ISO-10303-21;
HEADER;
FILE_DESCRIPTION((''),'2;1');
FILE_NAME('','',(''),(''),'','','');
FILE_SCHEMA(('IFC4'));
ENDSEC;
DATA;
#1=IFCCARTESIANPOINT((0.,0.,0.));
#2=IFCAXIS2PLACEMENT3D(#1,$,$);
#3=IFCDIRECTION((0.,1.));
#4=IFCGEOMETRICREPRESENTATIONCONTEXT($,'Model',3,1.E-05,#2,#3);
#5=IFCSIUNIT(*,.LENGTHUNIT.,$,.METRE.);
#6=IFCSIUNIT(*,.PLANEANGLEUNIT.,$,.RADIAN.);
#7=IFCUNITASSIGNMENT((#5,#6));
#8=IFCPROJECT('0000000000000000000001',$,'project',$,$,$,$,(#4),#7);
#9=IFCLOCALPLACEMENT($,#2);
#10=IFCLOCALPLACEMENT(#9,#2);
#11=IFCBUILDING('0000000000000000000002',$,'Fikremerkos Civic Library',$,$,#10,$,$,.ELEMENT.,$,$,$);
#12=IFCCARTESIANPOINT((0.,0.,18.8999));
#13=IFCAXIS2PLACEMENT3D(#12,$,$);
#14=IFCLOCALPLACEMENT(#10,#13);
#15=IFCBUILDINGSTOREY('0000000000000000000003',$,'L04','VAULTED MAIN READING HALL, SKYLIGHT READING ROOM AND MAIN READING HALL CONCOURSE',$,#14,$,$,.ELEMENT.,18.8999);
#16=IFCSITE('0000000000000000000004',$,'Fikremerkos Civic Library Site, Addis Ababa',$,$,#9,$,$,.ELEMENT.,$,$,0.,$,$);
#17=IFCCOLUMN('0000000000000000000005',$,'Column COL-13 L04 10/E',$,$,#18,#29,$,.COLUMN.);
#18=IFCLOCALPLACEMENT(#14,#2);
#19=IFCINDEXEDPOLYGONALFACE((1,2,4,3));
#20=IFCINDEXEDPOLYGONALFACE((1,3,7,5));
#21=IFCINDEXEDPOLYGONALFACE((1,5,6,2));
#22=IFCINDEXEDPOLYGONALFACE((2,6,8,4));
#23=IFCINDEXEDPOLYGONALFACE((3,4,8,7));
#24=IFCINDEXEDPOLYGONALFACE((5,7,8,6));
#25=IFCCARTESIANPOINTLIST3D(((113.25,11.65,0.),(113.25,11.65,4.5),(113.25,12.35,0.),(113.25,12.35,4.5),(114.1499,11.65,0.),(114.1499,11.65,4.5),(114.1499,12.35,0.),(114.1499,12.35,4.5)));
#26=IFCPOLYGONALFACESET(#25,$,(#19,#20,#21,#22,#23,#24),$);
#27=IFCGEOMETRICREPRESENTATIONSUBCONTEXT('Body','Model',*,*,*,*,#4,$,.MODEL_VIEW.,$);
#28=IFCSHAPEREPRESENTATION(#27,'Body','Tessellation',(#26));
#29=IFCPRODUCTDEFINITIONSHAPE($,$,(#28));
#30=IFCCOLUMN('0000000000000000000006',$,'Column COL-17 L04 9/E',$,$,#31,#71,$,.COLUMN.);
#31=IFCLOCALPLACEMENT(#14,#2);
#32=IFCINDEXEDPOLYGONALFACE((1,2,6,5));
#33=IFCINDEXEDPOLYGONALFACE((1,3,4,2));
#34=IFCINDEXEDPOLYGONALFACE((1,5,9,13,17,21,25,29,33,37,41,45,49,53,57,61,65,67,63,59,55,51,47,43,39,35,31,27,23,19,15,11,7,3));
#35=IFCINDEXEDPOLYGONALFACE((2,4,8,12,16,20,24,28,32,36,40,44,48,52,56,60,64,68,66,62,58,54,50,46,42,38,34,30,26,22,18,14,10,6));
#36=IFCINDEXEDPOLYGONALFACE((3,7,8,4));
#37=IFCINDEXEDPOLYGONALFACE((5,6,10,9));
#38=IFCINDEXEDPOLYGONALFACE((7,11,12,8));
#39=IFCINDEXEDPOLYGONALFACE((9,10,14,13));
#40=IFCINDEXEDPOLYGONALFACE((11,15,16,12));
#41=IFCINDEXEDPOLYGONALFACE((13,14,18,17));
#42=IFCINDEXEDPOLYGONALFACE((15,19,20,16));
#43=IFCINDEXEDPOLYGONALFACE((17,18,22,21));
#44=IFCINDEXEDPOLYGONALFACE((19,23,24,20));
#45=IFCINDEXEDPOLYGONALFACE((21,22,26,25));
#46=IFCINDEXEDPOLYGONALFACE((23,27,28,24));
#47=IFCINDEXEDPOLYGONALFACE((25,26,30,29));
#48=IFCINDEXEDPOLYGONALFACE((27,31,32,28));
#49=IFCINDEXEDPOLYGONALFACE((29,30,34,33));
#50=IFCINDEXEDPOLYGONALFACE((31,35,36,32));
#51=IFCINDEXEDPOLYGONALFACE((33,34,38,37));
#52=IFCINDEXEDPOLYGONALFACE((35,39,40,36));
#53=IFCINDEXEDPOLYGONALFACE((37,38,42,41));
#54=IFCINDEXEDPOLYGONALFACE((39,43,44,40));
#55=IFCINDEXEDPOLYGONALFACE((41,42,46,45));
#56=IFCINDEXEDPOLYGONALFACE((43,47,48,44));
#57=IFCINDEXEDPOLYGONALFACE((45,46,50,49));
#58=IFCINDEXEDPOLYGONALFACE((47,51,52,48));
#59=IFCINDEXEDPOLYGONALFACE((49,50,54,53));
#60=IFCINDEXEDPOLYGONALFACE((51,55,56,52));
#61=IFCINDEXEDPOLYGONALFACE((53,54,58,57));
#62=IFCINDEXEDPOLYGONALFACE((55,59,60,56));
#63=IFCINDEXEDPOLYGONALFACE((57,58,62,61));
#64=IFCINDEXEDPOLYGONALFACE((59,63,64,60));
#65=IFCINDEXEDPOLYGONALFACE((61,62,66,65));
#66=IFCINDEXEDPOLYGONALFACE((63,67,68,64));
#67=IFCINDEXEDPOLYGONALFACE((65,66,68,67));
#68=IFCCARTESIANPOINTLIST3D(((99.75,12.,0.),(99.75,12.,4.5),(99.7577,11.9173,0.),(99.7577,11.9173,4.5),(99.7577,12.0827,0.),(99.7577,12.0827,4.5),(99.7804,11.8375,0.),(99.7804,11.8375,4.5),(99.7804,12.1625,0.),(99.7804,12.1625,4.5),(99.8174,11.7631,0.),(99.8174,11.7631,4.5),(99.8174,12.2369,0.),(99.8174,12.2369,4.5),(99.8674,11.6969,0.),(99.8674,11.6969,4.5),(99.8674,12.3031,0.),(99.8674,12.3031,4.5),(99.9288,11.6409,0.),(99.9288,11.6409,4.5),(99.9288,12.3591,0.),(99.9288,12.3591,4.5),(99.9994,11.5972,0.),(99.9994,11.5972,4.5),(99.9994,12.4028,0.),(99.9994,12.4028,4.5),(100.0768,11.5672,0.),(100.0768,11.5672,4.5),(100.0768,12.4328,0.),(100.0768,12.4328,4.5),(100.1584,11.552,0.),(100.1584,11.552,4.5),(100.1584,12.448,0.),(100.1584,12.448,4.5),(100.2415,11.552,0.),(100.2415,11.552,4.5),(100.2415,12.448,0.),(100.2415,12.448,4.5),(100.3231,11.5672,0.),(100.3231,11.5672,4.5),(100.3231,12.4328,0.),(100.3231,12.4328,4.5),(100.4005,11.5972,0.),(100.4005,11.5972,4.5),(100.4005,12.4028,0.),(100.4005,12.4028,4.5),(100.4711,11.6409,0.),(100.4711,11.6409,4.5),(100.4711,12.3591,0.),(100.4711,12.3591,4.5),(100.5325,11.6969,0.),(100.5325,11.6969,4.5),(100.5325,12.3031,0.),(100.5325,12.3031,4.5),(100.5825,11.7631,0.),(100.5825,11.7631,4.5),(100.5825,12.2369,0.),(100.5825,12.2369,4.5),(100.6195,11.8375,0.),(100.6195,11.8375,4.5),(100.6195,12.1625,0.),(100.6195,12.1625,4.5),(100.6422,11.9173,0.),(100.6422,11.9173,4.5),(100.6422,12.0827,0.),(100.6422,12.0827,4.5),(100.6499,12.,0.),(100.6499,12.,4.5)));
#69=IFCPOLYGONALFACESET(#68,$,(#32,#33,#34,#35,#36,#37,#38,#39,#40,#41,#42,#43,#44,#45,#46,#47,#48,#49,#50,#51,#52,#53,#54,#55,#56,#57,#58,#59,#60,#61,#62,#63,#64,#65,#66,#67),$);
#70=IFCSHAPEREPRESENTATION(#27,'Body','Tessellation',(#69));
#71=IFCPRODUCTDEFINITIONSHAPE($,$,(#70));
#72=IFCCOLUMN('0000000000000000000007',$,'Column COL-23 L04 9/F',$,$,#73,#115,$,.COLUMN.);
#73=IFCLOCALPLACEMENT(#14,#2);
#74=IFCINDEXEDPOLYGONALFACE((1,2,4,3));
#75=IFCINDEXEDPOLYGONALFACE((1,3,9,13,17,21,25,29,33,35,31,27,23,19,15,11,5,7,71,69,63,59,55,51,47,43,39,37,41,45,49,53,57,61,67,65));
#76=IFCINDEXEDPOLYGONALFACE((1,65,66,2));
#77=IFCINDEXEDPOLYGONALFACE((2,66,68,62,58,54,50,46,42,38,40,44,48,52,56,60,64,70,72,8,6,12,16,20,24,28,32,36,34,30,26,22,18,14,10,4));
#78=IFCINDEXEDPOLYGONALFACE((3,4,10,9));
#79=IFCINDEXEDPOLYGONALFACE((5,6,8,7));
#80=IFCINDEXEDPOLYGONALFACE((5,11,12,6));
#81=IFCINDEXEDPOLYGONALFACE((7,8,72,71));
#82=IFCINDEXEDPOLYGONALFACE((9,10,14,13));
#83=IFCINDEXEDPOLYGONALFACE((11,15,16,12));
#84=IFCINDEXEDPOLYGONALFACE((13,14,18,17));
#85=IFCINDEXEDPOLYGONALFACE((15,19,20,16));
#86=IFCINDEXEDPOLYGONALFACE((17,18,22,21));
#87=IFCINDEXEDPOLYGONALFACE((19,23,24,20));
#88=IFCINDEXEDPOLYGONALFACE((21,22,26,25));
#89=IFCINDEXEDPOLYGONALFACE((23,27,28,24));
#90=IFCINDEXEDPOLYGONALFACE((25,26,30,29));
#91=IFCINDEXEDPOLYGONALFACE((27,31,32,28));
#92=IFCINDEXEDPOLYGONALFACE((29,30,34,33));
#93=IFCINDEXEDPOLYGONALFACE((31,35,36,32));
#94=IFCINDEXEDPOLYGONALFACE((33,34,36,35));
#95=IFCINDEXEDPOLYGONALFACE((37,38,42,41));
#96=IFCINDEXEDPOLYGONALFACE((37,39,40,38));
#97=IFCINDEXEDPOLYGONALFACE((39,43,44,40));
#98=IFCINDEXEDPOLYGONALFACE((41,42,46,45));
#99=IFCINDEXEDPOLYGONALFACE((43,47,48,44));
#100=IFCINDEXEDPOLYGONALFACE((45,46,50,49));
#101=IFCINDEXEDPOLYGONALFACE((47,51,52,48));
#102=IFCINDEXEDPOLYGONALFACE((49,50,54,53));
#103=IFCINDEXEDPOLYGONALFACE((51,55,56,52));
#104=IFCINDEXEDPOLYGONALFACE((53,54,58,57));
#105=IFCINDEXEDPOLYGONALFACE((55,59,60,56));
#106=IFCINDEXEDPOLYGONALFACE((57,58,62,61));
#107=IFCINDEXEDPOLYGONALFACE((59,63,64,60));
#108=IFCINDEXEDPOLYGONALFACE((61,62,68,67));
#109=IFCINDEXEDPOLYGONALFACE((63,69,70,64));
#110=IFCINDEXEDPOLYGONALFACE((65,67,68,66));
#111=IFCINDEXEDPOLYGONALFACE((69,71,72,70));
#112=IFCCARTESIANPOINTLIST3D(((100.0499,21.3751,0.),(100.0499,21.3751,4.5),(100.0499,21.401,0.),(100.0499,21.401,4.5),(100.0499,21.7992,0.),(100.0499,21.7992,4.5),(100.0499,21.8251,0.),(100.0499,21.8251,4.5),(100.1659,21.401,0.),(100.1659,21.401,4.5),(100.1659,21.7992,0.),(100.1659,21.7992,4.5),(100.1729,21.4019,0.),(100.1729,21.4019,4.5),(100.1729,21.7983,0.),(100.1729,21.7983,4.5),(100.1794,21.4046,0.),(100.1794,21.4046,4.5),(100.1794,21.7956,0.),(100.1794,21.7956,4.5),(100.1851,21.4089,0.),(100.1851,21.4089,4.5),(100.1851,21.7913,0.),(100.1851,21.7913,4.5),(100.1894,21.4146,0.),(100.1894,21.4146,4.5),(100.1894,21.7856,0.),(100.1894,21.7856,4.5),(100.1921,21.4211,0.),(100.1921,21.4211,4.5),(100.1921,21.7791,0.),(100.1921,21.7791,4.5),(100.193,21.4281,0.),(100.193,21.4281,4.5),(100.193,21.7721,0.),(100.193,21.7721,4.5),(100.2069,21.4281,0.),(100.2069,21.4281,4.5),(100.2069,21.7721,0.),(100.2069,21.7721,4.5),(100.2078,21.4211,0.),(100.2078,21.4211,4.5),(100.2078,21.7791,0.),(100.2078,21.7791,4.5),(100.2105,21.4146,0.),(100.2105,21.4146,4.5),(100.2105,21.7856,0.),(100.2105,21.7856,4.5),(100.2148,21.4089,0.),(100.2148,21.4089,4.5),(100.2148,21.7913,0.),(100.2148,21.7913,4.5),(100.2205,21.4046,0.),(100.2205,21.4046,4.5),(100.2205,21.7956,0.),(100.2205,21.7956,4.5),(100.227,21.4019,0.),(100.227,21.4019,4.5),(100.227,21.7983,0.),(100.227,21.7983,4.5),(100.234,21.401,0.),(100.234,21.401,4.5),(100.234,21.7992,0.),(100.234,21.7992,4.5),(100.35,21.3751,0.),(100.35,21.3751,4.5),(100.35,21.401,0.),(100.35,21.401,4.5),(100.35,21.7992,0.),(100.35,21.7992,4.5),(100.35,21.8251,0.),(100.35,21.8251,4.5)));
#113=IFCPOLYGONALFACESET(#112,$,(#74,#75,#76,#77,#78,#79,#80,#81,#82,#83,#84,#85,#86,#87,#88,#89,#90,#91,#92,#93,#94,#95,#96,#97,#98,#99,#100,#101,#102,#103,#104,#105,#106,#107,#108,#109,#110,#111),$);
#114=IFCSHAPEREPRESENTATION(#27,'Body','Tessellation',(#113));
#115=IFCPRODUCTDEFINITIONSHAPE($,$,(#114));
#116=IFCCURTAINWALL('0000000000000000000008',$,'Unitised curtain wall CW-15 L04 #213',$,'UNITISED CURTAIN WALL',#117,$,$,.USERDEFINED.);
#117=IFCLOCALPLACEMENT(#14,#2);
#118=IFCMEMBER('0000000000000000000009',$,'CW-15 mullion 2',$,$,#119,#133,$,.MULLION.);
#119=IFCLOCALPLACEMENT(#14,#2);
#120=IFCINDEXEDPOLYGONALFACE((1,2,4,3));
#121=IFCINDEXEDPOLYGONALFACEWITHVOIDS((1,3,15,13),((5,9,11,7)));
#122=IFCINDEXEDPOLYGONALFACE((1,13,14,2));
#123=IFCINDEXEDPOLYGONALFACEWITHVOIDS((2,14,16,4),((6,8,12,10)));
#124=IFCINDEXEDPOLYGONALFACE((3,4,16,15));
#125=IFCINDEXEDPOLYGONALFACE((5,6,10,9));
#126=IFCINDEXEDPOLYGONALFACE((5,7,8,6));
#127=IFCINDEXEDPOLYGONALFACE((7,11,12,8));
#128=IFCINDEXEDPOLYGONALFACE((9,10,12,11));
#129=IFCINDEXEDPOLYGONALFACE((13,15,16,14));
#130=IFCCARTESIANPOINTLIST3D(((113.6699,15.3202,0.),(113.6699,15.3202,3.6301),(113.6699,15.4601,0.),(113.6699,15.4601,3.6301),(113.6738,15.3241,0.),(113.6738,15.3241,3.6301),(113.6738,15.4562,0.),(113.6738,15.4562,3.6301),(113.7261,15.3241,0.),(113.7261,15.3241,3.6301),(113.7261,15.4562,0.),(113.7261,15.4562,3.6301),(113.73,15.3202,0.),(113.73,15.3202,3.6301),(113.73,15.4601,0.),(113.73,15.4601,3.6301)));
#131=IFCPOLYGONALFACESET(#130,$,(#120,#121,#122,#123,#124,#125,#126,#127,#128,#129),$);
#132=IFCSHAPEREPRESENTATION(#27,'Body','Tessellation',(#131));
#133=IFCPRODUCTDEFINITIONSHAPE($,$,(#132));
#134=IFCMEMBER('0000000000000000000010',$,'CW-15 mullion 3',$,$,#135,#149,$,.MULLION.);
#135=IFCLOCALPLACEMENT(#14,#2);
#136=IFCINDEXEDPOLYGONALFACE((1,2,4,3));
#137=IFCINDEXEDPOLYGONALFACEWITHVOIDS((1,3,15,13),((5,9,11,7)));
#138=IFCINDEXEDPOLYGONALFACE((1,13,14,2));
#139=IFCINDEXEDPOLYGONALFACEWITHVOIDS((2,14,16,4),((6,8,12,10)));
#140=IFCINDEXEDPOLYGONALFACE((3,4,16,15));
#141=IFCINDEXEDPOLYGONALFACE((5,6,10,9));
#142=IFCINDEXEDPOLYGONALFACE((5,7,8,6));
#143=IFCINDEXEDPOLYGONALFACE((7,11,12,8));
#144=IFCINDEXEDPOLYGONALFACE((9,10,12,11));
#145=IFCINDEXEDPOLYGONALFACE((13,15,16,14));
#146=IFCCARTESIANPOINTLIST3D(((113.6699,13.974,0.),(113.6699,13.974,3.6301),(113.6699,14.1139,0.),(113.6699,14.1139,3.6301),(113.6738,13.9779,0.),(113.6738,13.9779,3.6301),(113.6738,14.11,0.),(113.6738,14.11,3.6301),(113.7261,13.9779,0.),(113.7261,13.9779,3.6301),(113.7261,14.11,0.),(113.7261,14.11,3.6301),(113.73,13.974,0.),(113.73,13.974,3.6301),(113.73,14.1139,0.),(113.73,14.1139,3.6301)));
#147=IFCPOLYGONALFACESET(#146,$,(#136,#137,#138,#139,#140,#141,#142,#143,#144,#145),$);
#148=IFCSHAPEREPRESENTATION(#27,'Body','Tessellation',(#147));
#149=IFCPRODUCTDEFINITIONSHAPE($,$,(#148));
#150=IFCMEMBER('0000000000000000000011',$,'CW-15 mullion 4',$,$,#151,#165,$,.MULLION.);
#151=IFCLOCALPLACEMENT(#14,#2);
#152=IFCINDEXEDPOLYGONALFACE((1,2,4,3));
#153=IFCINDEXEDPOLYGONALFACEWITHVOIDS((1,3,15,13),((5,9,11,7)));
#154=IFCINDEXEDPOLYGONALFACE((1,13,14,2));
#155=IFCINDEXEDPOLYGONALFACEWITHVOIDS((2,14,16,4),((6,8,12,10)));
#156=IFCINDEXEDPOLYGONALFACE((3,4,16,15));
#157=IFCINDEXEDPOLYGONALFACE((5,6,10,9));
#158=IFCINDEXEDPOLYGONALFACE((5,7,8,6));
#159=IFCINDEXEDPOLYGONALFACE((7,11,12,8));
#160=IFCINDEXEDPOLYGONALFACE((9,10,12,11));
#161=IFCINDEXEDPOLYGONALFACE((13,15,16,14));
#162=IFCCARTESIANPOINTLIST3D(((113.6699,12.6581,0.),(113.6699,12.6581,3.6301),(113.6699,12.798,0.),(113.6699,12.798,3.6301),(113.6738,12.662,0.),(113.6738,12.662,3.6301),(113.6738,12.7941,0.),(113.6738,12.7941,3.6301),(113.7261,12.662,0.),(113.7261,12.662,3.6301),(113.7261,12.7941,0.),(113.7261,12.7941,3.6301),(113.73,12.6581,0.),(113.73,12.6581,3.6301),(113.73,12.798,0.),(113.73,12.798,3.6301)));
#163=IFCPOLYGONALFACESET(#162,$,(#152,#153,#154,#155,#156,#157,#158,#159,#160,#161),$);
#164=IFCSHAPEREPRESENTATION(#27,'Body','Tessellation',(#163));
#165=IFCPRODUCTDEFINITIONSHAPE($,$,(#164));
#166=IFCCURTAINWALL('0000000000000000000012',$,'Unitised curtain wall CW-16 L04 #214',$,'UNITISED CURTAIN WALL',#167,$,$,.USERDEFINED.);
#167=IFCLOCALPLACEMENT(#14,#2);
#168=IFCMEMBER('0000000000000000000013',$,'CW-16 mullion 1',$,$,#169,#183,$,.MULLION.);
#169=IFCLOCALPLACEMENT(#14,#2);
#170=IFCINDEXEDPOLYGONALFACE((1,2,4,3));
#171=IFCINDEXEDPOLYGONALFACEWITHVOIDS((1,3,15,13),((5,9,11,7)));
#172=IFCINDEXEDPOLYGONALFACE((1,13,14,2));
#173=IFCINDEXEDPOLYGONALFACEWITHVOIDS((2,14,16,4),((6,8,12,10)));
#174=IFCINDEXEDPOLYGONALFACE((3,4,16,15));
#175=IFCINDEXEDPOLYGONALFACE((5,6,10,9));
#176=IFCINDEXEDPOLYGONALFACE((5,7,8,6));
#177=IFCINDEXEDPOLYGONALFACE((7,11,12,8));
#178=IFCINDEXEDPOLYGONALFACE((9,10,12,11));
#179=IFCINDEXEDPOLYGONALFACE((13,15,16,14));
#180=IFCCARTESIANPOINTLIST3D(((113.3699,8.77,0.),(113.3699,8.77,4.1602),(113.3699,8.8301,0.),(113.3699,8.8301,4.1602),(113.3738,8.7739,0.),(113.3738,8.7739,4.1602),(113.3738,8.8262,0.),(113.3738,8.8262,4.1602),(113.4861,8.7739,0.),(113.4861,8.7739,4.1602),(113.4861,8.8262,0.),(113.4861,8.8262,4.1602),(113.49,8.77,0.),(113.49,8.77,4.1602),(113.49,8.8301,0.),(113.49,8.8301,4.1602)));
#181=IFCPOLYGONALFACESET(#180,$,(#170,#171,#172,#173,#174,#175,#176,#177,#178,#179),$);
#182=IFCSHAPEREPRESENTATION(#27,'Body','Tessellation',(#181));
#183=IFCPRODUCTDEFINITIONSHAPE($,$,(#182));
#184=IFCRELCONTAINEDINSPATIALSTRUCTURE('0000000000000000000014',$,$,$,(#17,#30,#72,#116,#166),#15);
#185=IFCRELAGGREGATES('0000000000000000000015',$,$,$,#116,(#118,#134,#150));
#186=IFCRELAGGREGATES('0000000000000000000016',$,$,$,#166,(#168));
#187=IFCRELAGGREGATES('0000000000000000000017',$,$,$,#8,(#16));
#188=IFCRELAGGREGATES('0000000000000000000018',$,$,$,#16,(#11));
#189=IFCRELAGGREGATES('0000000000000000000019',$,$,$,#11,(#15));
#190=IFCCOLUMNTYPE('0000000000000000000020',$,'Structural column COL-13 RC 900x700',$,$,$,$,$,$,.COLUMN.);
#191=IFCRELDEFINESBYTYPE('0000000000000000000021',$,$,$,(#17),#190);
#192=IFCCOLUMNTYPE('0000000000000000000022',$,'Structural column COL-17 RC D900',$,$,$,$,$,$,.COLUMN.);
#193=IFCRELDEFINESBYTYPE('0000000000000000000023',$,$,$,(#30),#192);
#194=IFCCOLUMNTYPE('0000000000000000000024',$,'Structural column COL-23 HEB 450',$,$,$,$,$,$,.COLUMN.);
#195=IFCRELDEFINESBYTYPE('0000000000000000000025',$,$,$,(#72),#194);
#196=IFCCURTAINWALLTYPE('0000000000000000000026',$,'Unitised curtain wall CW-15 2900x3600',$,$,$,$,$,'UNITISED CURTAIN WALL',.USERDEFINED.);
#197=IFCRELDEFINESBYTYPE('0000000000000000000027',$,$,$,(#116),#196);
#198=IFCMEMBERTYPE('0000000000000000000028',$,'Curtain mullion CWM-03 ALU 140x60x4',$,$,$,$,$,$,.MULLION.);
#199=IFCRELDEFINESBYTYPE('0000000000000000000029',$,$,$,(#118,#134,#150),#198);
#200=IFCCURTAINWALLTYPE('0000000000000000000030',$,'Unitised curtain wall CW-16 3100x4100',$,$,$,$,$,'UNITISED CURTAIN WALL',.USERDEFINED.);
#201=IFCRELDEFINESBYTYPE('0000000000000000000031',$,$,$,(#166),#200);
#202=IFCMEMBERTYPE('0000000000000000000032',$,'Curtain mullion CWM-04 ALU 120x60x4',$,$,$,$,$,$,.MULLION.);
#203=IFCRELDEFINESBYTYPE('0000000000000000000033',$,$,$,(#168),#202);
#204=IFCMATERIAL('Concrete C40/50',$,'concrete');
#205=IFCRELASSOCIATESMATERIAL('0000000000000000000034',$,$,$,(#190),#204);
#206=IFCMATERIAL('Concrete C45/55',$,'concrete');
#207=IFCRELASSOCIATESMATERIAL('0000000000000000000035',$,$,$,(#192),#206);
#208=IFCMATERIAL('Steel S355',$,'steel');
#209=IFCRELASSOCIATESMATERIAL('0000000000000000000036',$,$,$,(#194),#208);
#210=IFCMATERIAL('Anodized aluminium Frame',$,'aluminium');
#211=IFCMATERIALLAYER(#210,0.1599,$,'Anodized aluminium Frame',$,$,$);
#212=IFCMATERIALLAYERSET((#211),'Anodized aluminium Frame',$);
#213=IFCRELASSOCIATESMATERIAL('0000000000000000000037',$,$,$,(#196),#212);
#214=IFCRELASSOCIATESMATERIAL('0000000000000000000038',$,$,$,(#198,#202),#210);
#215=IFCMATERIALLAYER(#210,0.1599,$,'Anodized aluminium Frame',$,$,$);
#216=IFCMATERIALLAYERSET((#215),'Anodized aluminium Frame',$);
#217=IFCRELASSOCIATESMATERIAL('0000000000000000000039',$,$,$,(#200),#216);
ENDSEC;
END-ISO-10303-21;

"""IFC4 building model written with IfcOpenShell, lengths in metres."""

from ifc_helpers import new_model, si_unit, direction, frame, origin, origin_2d, place, context, subcontext, project, spatial, rectangle, hollow_rectangle, circle, i_section, extrude, material, layer, layer_set, material_profile, profile_set, type_object, element, aggregate, save


model = new_model("IFC4")

# Units and contexts
model_context = context("Model", 3, precision=1e-05, world=origin(), true_north=direction((0.0, 1.0)))
body_context = subcontext(model_context, "Body", "Model", "MODEL_VIEW")
ifc_project = project(units=[si_unit("LENGTHUNIT", "METRE"), si_unit("PLANEANGLEUNIT", "RADIAN")], contexts=[model_context])

# Site, building, storey
site_placement = place(None, origin())
site = spatial("IfcSite", under=ifc_project, at=site_placement, Name="Fikremerkos Civic Library Site, Addis Ababa", CompositionType="ELEMENT", RefElevation=0.0)
building_placement = place(site_placement, origin())
building = spatial("IfcBuilding", under=site, at=building_placement, Name="Fikremerkos Civic Library", CompositionType="ELEMENT")
storey_placement = place(building_placement, frame((0.0, 0.0, 18.8999)))
storey = spatial("IfcBuildingStorey", under=building, at=storey_placement, Name="L04", Description="VAULTED MAIN READING HALL, SKYLIGHT READING ROOM AND MAIN READING HALL CONCOURSE", CompositionType="ELEMENT", Elevation=18.8999)

# Columns
ifc_material_1 = material(Name="Concrete C40/50", Category="concrete")
ifc_material_profile_1 = material_profile(ifc_material_1, rectangle(XDim=0.8999, YDim=0.7, at=origin_2d()), Name="RC 900x700")
ifc_profile_set_1 = profile_set([ifc_material_profile_1], Name="Concrete C40/50")
column_type_1 = type_object("IfcColumnType", Name="Structural column COL-13 RC 900x700", PredefinedType="COLUMN", material=ifc_profile_set_1)
column_1_placement = place(storey_placement, frame((113.7, 12.0, 0.0), z_axis=(0.0, 0.0, 1.0), x_axis=(1.0, 0.0, 0.0)))
element("IfcColumn", 1, at=column_1_placement, inside=storey, type_object=column_type_1, Name="Column COL-13 L04 10/E", PredefinedType="COLUMN", context=body_context, shape_type="SweptSolid", body=[
    extrude(rectangle(XDim=0.8999, YDim=0.7, at=origin_2d()), origin(), (0.0, 0.0, 1.0), 4.5),
])
ifc_material_2 = material(Name="Concrete C45/55", Category="concrete")
ifc_material_profile_2 = material_profile(ifc_material_2, circle(Radius=0.45, at=origin_2d()), Name="RC D900")
ifc_profile_set_2 = profile_set([ifc_material_profile_2], Name="Concrete C45/55")
column_type_2 = type_object("IfcColumnType", Name="Structural column COL-17 RC D900", PredefinedType="COLUMN", material=ifc_profile_set_2)
column_2_placement = place(storey_placement, frame((100.2, 12.0, 0.0), z_axis=(0.0, 0.0, 1.0), x_axis=(1.0, 0.0, 0.0)))
element("IfcColumn", 2, at=column_2_placement, inside=storey, type_object=column_type_2, Name="Column COL-17 L04 9/E", PredefinedType="COLUMN", context=body_context, shape_type="SweptSolid", body=[
    extrude(circle(Radius=0.45, at=origin_2d()), origin(), (0.0, 0.0, 1.0), 4.5),
])
ifc_material_3 = material(Name="Steel S355", Category="steel")
ifc_material_profile_3 = material_profile(ifc_material_3, i_section(OverallWidth=0.3, OverallDepth=0.45, WebThickness=0.0139, FlangeThickness=0.0259, FilletRadius=0.0271, at=origin_2d()), Name="HEB 450")
ifc_profile_set_3 = profile_set([ifc_material_profile_3], Name="Steel S355")
column_type_3 = type_object("IfcColumnType", Name="Structural column COL-23 HEB 450", PredefinedType="COLUMN", material=ifc_profile_set_3)
column_3_placement = place(storey_placement, frame((100.2, 21.6001, 0.0), z_axis=(0.0, 0.0, 1.0), x_axis=(1.0, 0.0, 0.0)))
element("IfcColumn", 3, at=column_3_placement, inside=storey, type_object=column_type_3, Name="Column COL-23 L04 9/F", PredefinedType="COLUMN", context=body_context, shape_type="SweptSolid", body=[
    extrude(i_section(OverallWidth=0.3, OverallDepth=0.45, WebThickness=0.0139, FlangeThickness=0.0259, FilletRadius=0.0271, at=origin_2d()), origin(), (0.0, 0.0, 1.0), 4.5),
])

# Curtain walls, members
ifc_material_4 = material(Name="Anodized aluminium Frame", Category="aluminium")
ifc_layer_1 = layer(ifc_material_4, 0.1599, Name="Anodized aluminium Frame")
ifc_layer_set_1 = layer_set([ifc_layer_1], Name="Anodized aluminium Frame")
curtain_wall_type_1 = type_object("IfcCurtainWallType", Name="Unitised curtain wall CW-15 2900x3600", ElementType="UNITISED CURTAIN WALL", PredefinedType="USERDEFINED", material=ifc_layer_set_1)
curtain_wall_1_placement = place(storey_placement, origin())
curtain_wall_1 = element("IfcCurtainWall", 4, at=curtain_wall_1_placement, inside=storey, type_object=curtain_wall_type_1, Name="Unitised curtain wall CW-15 L04 #213", ObjectType="UNITISED CURTAIN WALL", PredefinedType="USERDEFINED")
ifc_material_profile_4 = material_profile(ifc_material_4, hollow_rectangle(XDim=0.0601, YDim=0.1399, WallThickness=0.0039, at=origin_2d()), Name="ALU 140x60x4")
ifc_profile_set_4 = profile_set([ifc_material_profile_4], Name="Anodized aluminium Frame")
member_type_1 = type_object("IfcMemberType", Name="Curtain mullion CWM-03 ALU 140x60x4", PredefinedType="MULLION", material=ifc_profile_set_4)
member_1_placement = place(storey_placement, frame((113.7, 15.3901, 0.0), z_axis=(0.0, 0.0, 1.0), x_axis=(1.0, 0.0, 0.0)))
member_1 = element("IfcMember", 5, at=member_1_placement, type_object=member_type_1, Name="CW-15 mullion 2", PredefinedType="MULLION", context=body_context, shape_type="SweptSolid", body=[
    extrude(hollow_rectangle(XDim=0.0601, YDim=0.1399, WallThickness=0.0039, at=origin_2d()), origin(), (0.0, 0.0, 1.0), 3.6301),
])
member_2_placement = place(storey_placement, frame((113.7, 14.0439, 0.0), z_axis=(0.0, 0.0, 1.0), x_axis=(1.0, 0.0, 0.0)))
member_2 = element("IfcMember", 6, at=member_2_placement, type_object=member_type_1, Name="CW-15 mullion 3", PredefinedType="MULLION", context=body_context, shape_type="SweptSolid", body=[
    extrude(hollow_rectangle(XDim=0.0601, YDim=0.1399, WallThickness=0.0039, at=origin_2d()), origin(), (0.0, 0.0, 1.0), 3.6301),
])
member_3_placement = place(storey_placement, frame((113.7, 12.728, 0.0), z_axis=(0.0, 0.0, 1.0), x_axis=(1.0, 0.0, 0.0)))
member_3 = element("IfcMember", 7, at=member_3_placement, type_object=member_type_1, Name="CW-15 mullion 4", PredefinedType="MULLION", context=body_context, shape_type="SweptSolid", body=[
    extrude(hollow_rectangle(XDim=0.0601, YDim=0.1399, WallThickness=0.0039, at=origin_2d()), origin(), (0.0, 0.0, 1.0), 3.6301),
])
ifc_layer_2 = layer(ifc_material_4, 0.1599, Name="Anodized aluminium Frame")
ifc_layer_set_2 = layer_set([ifc_layer_2], Name="Anodized aluminium Frame")
curtain_wall_type_2 = type_object("IfcCurtainWallType", Name="Unitised curtain wall CW-16 3100x4100", ElementType="UNITISED CURTAIN WALL", PredefinedType="USERDEFINED", material=ifc_layer_set_2)
curtain_wall_2_placement = place(storey_placement, origin())
curtain_wall_2 = element("IfcCurtainWall", 8, at=curtain_wall_2_placement, inside=storey, type_object=curtain_wall_type_2, Name="Unitised curtain wall CW-16 L04 #214", ObjectType="UNITISED CURTAIN WALL", PredefinedType="USERDEFINED")
ifc_material_profile_5 = material_profile(ifc_material_4, hollow_rectangle(XDim=0.0601, YDim=0.1201, WallThickness=0.0039, at=origin_2d()), Name="ALU 120x60x4")
ifc_profile_set_5 = profile_set([ifc_material_profile_5], Name="Anodized aluminium Frame")
member_type_2 = type_object("IfcMemberType", Name="Curtain mullion CWM-04 ALU 120x60x4", PredefinedType="MULLION", material=ifc_profile_set_5)
member_4_placement = place(storey_placement, frame((113.4299, 8.8, 0.0), z_axis=(0.0, 0.0, 1.0), x_axis=(0.0, -1.0, 0.0)))
member_4 = element("IfcMember", 9, at=member_4_placement, type_object=member_type_2, Name="CW-16 mullion 1", PredefinedType="MULLION", context=body_context, shape_type="SweptSolid", body=[
    extrude(hollow_rectangle(XDim=0.0601, YDim=0.1201, WallThickness=0.0039, at=origin_2d()), origin(), (0.0, 0.0, 1.0), 4.1602),
])

aggregate(curtain_wall_1, [member_1, member_2, member_3])
aggregate(curtain_wall_2, [member_4])

save(model, "model.ifc")
